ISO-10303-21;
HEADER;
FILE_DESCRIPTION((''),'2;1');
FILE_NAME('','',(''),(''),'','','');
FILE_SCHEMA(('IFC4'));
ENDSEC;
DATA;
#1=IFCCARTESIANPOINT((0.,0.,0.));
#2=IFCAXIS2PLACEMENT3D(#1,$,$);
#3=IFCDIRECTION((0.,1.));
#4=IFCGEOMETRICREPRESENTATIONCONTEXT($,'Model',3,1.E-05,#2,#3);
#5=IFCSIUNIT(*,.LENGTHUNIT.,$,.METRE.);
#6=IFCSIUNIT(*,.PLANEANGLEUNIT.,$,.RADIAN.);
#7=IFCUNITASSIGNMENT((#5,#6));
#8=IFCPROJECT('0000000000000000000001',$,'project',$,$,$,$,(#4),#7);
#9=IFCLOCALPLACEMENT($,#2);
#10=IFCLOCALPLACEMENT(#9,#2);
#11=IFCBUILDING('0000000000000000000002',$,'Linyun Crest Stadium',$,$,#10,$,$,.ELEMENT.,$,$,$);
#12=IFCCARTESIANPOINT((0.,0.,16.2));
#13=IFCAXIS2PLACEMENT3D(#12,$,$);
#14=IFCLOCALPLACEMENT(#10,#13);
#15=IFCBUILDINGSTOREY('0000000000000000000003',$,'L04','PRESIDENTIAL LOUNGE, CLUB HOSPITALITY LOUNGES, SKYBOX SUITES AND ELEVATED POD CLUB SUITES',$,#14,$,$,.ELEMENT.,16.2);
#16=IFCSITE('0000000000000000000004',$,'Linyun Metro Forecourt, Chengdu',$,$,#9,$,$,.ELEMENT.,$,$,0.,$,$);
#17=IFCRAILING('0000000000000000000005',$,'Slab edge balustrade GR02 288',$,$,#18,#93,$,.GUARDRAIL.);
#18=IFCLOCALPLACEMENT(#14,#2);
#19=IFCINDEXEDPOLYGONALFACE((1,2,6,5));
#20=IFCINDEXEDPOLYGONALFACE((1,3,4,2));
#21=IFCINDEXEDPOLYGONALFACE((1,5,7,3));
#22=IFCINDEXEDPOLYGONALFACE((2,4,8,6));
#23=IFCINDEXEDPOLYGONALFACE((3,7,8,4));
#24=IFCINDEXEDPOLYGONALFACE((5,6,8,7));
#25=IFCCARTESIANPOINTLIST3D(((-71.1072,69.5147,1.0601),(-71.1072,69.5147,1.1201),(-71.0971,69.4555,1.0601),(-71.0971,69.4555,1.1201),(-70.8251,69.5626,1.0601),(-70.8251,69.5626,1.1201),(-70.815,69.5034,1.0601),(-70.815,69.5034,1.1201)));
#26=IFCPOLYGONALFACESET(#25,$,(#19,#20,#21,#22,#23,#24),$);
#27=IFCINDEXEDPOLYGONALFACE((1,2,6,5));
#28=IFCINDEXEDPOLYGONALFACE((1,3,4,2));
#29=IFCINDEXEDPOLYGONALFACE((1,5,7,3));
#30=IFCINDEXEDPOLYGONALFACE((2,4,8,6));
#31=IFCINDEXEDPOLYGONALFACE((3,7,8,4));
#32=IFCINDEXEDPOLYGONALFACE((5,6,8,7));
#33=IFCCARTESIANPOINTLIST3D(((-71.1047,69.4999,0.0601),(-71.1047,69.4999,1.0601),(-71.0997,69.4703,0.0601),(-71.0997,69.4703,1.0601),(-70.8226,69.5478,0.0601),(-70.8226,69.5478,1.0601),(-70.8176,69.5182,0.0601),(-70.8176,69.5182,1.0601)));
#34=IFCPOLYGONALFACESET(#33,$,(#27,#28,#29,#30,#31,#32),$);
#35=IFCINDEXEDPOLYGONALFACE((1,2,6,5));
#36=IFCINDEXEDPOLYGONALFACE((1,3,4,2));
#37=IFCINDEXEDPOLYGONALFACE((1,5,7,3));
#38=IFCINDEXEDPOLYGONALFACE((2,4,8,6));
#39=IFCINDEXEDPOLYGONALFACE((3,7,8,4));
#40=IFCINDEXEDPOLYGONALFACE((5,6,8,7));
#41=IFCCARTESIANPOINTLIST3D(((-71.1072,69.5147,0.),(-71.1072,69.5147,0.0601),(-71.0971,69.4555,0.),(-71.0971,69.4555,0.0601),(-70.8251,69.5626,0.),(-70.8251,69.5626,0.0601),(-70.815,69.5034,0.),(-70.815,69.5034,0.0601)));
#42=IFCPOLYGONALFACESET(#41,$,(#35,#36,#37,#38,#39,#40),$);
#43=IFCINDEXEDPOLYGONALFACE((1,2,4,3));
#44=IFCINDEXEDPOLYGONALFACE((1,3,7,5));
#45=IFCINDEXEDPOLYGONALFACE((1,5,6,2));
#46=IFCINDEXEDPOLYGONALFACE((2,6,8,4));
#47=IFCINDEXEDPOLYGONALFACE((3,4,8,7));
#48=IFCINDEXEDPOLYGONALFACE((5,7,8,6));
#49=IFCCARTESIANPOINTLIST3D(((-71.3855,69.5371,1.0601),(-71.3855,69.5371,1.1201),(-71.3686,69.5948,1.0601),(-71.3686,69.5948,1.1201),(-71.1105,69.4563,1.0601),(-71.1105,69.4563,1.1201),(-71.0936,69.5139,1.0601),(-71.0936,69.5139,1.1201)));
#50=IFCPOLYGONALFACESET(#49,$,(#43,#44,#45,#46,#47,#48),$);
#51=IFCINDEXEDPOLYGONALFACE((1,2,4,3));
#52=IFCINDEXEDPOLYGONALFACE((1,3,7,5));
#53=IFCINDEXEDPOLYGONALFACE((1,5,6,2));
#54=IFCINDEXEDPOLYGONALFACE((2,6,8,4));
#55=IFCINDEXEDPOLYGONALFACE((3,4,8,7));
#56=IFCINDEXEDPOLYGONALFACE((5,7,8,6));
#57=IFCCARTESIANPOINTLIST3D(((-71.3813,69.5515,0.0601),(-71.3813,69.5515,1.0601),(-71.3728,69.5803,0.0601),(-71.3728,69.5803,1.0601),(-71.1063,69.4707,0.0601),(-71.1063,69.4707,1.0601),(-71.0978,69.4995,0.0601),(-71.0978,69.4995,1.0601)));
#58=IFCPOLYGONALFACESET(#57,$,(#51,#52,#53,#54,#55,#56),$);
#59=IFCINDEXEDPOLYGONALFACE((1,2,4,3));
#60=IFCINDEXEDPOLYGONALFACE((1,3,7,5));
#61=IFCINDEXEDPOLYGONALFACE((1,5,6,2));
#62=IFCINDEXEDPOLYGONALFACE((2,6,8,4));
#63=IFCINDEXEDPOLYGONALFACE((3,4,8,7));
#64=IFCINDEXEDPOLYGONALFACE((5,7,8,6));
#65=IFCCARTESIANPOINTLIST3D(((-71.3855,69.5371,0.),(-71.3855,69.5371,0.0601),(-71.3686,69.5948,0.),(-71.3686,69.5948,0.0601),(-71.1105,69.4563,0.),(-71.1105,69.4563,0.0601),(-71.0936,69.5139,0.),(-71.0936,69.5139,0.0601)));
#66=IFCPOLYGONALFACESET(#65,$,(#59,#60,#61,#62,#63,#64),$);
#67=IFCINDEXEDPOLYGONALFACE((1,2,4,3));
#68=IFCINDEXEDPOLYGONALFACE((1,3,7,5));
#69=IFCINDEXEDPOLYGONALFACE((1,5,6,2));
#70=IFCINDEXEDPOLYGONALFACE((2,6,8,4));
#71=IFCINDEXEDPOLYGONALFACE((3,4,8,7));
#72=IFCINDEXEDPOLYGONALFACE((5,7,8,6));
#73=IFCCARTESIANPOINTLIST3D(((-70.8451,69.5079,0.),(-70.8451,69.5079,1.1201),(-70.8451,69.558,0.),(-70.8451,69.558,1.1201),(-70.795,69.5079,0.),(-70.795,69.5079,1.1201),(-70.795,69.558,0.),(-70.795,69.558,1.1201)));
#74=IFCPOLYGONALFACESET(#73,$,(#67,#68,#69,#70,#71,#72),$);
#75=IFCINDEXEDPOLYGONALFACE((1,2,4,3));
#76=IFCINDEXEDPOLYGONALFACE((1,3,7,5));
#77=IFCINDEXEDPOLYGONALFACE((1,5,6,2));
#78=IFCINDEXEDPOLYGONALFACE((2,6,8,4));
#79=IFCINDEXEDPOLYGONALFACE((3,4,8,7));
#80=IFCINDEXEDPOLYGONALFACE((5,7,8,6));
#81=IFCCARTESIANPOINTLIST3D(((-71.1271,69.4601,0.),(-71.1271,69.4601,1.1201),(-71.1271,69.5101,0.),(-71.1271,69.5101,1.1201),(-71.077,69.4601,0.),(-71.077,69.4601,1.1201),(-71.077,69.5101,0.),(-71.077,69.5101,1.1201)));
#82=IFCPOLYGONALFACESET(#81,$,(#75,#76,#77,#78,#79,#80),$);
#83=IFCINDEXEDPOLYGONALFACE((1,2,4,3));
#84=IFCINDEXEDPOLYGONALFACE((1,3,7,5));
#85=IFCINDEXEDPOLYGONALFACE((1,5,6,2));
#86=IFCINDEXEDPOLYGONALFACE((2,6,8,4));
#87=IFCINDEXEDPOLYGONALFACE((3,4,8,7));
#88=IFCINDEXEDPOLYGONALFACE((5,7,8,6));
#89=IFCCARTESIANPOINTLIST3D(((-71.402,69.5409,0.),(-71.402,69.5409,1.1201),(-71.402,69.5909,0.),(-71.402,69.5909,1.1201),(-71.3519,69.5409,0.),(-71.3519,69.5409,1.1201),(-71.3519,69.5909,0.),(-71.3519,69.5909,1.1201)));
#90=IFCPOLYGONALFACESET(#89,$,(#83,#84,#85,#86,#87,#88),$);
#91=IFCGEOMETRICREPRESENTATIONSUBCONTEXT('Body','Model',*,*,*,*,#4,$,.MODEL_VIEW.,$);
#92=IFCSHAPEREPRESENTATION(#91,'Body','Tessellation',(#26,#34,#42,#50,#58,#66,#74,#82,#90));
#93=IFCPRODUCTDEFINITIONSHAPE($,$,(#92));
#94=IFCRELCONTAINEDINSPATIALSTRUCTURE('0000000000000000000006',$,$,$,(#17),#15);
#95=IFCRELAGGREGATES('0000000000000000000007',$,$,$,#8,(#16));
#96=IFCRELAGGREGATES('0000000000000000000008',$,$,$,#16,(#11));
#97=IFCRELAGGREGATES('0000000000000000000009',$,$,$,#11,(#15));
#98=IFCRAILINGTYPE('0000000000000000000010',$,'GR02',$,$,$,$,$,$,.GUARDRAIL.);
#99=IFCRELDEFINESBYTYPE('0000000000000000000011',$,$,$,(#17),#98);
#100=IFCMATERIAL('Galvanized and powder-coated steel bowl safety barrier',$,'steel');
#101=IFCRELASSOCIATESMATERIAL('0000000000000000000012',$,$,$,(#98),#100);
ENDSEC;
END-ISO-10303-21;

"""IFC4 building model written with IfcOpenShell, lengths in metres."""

from ifc_helpers import new_model, si_unit, direction, frame, origin, origin_2d, place, context, subcontext, project, spatial, rectangle, extrude, material, type_object, element, save


model = new_model("IFC4")

# Units and contexts
model_context = context("Model", 3, precision=1e-05, world=origin(), true_north=direction((0.0, 1.0)))
body_context = subcontext(model_context, "Body", "Model", "MODEL_VIEW")
ifc_project = project(units=[si_unit("LENGTHUNIT", "METRE"), si_unit("PLANEANGLEUNIT", "RADIAN")], contexts=[model_context])

# Site, building, storey
site_placement = place(None, origin())
site = spatial("IfcSite", under=ifc_project, at=site_placement, Name="Linyun Metro Forecourt, Chengdu", CompositionType="ELEMENT", RefElevation=0.0)
building_placement = place(site_placement, origin())
building = spatial("IfcBuilding", under=site, at=building_placement, Name="Linyun Crest Stadium", CompositionType="ELEMENT")
storey_placement = place(building_placement, frame((0.0, 0.0, 16.2)))
storey = spatial("IfcBuildingStorey", under=building, at=storey_placement, Name="L04", Description="PRESIDENTIAL LOUNGE, CLUB HOSPITALITY LOUNGES, SKYBOX SUITES AND ELEVATED POD CLUB SUITES", CompositionType="ELEMENT", Elevation=16.2)

# Railing
ifc_material_1 = material(Name="Galvanized and powder-coated steel bowl safety barrier", Category="steel")
railing_type = type_object("IfcRailingType", Name="GR02", PredefinedType="GUARDRAIL", material=ifc_material_1)
railing_placement = place(storey_placement, frame((-70.8201, 69.533, 0.0)))
element("IfcRailing", 1, at=railing_placement, inside=storey, type_object=railing_type, Name="Slab edge balustrade GR02 288", PredefinedType="GUARDRAIL", context=body_context, shape_type="SweptSolid", body=[
    extrude(rectangle(XDim=0.0601, YDim=0.0601, at=origin_2d()), frame((0.0, 0.0, 1.0901), z_axis=(-0.985905, -0.167305, 0.0), x_axis=(0.167305, -0.985905, 0.0)), (0.0, 0.0, 1.0), 0.2861),
    extrude(rectangle(XDim=0.03, YDim=1.0, at=origin_2d()), frame((0.0, 0.0, 0.5601), z_axis=(-0.985905, -0.167305, 0.0), x_axis=(0.167305, -0.985905, 0.0)), (0.0, 0.0, 1.0), 0.2861),
    extrude(rectangle(XDim=0.0601, YDim=0.0601, at=origin_2d()), frame((0.0, 0.0, 0.03), z_axis=(-0.985905, -0.167305, 0.0), x_axis=(0.167305, -0.985905, 0.0)), (0.0, 0.0, 1.0), 0.2861),
    extrude(rectangle(XDim=0.0601, YDim=0.0601, at=origin_2d()), frame((-0.282, -0.0479, 1.0901), z_axis=(-0.959406, 0.282028, 0.0), x_axis=(-0.282028, -0.959406, 0.0)), (0.0, 0.0, 1.0), 0.2866),
    extrude(rectangle(XDim=0.03, YDim=1.0, at=origin_2d()), frame((-0.282, -0.0479, 0.5601), z_axis=(-0.959406, 0.282028, 0.0), x_axis=(-0.282028, -0.959406, 0.0)), (0.0, 0.0, 1.0), 0.2866),
    extrude(rectangle(XDim=0.0601, YDim=0.0601, at=origin_2d()), frame((-0.282, -0.0479, 0.03), z_axis=(-0.959406, 0.282028, 0.0), x_axis=(-0.282028, -0.959406, 0.0)), (0.0, 0.0, 1.0), 0.2866),
    extrude(rectangle(XDim=0.05, YDim=0.05, at=origin_2d()), origin(), (0.0, 0.0, 1.0), 1.1201),
    extrude(rectangle(XDim=0.05, YDim=0.05, at=origin_2d()), frame((-0.282, -0.0479, 0.0)), (0.0, 0.0, 1.0), 1.1201),
    extrude(rectangle(XDim=0.05, YDim=0.05, at=origin_2d()), frame((-0.5569, 0.033, 0.0)), (0.0, 0.0, 1.0), 1.1201),
])

save(model, "model.ifc")
